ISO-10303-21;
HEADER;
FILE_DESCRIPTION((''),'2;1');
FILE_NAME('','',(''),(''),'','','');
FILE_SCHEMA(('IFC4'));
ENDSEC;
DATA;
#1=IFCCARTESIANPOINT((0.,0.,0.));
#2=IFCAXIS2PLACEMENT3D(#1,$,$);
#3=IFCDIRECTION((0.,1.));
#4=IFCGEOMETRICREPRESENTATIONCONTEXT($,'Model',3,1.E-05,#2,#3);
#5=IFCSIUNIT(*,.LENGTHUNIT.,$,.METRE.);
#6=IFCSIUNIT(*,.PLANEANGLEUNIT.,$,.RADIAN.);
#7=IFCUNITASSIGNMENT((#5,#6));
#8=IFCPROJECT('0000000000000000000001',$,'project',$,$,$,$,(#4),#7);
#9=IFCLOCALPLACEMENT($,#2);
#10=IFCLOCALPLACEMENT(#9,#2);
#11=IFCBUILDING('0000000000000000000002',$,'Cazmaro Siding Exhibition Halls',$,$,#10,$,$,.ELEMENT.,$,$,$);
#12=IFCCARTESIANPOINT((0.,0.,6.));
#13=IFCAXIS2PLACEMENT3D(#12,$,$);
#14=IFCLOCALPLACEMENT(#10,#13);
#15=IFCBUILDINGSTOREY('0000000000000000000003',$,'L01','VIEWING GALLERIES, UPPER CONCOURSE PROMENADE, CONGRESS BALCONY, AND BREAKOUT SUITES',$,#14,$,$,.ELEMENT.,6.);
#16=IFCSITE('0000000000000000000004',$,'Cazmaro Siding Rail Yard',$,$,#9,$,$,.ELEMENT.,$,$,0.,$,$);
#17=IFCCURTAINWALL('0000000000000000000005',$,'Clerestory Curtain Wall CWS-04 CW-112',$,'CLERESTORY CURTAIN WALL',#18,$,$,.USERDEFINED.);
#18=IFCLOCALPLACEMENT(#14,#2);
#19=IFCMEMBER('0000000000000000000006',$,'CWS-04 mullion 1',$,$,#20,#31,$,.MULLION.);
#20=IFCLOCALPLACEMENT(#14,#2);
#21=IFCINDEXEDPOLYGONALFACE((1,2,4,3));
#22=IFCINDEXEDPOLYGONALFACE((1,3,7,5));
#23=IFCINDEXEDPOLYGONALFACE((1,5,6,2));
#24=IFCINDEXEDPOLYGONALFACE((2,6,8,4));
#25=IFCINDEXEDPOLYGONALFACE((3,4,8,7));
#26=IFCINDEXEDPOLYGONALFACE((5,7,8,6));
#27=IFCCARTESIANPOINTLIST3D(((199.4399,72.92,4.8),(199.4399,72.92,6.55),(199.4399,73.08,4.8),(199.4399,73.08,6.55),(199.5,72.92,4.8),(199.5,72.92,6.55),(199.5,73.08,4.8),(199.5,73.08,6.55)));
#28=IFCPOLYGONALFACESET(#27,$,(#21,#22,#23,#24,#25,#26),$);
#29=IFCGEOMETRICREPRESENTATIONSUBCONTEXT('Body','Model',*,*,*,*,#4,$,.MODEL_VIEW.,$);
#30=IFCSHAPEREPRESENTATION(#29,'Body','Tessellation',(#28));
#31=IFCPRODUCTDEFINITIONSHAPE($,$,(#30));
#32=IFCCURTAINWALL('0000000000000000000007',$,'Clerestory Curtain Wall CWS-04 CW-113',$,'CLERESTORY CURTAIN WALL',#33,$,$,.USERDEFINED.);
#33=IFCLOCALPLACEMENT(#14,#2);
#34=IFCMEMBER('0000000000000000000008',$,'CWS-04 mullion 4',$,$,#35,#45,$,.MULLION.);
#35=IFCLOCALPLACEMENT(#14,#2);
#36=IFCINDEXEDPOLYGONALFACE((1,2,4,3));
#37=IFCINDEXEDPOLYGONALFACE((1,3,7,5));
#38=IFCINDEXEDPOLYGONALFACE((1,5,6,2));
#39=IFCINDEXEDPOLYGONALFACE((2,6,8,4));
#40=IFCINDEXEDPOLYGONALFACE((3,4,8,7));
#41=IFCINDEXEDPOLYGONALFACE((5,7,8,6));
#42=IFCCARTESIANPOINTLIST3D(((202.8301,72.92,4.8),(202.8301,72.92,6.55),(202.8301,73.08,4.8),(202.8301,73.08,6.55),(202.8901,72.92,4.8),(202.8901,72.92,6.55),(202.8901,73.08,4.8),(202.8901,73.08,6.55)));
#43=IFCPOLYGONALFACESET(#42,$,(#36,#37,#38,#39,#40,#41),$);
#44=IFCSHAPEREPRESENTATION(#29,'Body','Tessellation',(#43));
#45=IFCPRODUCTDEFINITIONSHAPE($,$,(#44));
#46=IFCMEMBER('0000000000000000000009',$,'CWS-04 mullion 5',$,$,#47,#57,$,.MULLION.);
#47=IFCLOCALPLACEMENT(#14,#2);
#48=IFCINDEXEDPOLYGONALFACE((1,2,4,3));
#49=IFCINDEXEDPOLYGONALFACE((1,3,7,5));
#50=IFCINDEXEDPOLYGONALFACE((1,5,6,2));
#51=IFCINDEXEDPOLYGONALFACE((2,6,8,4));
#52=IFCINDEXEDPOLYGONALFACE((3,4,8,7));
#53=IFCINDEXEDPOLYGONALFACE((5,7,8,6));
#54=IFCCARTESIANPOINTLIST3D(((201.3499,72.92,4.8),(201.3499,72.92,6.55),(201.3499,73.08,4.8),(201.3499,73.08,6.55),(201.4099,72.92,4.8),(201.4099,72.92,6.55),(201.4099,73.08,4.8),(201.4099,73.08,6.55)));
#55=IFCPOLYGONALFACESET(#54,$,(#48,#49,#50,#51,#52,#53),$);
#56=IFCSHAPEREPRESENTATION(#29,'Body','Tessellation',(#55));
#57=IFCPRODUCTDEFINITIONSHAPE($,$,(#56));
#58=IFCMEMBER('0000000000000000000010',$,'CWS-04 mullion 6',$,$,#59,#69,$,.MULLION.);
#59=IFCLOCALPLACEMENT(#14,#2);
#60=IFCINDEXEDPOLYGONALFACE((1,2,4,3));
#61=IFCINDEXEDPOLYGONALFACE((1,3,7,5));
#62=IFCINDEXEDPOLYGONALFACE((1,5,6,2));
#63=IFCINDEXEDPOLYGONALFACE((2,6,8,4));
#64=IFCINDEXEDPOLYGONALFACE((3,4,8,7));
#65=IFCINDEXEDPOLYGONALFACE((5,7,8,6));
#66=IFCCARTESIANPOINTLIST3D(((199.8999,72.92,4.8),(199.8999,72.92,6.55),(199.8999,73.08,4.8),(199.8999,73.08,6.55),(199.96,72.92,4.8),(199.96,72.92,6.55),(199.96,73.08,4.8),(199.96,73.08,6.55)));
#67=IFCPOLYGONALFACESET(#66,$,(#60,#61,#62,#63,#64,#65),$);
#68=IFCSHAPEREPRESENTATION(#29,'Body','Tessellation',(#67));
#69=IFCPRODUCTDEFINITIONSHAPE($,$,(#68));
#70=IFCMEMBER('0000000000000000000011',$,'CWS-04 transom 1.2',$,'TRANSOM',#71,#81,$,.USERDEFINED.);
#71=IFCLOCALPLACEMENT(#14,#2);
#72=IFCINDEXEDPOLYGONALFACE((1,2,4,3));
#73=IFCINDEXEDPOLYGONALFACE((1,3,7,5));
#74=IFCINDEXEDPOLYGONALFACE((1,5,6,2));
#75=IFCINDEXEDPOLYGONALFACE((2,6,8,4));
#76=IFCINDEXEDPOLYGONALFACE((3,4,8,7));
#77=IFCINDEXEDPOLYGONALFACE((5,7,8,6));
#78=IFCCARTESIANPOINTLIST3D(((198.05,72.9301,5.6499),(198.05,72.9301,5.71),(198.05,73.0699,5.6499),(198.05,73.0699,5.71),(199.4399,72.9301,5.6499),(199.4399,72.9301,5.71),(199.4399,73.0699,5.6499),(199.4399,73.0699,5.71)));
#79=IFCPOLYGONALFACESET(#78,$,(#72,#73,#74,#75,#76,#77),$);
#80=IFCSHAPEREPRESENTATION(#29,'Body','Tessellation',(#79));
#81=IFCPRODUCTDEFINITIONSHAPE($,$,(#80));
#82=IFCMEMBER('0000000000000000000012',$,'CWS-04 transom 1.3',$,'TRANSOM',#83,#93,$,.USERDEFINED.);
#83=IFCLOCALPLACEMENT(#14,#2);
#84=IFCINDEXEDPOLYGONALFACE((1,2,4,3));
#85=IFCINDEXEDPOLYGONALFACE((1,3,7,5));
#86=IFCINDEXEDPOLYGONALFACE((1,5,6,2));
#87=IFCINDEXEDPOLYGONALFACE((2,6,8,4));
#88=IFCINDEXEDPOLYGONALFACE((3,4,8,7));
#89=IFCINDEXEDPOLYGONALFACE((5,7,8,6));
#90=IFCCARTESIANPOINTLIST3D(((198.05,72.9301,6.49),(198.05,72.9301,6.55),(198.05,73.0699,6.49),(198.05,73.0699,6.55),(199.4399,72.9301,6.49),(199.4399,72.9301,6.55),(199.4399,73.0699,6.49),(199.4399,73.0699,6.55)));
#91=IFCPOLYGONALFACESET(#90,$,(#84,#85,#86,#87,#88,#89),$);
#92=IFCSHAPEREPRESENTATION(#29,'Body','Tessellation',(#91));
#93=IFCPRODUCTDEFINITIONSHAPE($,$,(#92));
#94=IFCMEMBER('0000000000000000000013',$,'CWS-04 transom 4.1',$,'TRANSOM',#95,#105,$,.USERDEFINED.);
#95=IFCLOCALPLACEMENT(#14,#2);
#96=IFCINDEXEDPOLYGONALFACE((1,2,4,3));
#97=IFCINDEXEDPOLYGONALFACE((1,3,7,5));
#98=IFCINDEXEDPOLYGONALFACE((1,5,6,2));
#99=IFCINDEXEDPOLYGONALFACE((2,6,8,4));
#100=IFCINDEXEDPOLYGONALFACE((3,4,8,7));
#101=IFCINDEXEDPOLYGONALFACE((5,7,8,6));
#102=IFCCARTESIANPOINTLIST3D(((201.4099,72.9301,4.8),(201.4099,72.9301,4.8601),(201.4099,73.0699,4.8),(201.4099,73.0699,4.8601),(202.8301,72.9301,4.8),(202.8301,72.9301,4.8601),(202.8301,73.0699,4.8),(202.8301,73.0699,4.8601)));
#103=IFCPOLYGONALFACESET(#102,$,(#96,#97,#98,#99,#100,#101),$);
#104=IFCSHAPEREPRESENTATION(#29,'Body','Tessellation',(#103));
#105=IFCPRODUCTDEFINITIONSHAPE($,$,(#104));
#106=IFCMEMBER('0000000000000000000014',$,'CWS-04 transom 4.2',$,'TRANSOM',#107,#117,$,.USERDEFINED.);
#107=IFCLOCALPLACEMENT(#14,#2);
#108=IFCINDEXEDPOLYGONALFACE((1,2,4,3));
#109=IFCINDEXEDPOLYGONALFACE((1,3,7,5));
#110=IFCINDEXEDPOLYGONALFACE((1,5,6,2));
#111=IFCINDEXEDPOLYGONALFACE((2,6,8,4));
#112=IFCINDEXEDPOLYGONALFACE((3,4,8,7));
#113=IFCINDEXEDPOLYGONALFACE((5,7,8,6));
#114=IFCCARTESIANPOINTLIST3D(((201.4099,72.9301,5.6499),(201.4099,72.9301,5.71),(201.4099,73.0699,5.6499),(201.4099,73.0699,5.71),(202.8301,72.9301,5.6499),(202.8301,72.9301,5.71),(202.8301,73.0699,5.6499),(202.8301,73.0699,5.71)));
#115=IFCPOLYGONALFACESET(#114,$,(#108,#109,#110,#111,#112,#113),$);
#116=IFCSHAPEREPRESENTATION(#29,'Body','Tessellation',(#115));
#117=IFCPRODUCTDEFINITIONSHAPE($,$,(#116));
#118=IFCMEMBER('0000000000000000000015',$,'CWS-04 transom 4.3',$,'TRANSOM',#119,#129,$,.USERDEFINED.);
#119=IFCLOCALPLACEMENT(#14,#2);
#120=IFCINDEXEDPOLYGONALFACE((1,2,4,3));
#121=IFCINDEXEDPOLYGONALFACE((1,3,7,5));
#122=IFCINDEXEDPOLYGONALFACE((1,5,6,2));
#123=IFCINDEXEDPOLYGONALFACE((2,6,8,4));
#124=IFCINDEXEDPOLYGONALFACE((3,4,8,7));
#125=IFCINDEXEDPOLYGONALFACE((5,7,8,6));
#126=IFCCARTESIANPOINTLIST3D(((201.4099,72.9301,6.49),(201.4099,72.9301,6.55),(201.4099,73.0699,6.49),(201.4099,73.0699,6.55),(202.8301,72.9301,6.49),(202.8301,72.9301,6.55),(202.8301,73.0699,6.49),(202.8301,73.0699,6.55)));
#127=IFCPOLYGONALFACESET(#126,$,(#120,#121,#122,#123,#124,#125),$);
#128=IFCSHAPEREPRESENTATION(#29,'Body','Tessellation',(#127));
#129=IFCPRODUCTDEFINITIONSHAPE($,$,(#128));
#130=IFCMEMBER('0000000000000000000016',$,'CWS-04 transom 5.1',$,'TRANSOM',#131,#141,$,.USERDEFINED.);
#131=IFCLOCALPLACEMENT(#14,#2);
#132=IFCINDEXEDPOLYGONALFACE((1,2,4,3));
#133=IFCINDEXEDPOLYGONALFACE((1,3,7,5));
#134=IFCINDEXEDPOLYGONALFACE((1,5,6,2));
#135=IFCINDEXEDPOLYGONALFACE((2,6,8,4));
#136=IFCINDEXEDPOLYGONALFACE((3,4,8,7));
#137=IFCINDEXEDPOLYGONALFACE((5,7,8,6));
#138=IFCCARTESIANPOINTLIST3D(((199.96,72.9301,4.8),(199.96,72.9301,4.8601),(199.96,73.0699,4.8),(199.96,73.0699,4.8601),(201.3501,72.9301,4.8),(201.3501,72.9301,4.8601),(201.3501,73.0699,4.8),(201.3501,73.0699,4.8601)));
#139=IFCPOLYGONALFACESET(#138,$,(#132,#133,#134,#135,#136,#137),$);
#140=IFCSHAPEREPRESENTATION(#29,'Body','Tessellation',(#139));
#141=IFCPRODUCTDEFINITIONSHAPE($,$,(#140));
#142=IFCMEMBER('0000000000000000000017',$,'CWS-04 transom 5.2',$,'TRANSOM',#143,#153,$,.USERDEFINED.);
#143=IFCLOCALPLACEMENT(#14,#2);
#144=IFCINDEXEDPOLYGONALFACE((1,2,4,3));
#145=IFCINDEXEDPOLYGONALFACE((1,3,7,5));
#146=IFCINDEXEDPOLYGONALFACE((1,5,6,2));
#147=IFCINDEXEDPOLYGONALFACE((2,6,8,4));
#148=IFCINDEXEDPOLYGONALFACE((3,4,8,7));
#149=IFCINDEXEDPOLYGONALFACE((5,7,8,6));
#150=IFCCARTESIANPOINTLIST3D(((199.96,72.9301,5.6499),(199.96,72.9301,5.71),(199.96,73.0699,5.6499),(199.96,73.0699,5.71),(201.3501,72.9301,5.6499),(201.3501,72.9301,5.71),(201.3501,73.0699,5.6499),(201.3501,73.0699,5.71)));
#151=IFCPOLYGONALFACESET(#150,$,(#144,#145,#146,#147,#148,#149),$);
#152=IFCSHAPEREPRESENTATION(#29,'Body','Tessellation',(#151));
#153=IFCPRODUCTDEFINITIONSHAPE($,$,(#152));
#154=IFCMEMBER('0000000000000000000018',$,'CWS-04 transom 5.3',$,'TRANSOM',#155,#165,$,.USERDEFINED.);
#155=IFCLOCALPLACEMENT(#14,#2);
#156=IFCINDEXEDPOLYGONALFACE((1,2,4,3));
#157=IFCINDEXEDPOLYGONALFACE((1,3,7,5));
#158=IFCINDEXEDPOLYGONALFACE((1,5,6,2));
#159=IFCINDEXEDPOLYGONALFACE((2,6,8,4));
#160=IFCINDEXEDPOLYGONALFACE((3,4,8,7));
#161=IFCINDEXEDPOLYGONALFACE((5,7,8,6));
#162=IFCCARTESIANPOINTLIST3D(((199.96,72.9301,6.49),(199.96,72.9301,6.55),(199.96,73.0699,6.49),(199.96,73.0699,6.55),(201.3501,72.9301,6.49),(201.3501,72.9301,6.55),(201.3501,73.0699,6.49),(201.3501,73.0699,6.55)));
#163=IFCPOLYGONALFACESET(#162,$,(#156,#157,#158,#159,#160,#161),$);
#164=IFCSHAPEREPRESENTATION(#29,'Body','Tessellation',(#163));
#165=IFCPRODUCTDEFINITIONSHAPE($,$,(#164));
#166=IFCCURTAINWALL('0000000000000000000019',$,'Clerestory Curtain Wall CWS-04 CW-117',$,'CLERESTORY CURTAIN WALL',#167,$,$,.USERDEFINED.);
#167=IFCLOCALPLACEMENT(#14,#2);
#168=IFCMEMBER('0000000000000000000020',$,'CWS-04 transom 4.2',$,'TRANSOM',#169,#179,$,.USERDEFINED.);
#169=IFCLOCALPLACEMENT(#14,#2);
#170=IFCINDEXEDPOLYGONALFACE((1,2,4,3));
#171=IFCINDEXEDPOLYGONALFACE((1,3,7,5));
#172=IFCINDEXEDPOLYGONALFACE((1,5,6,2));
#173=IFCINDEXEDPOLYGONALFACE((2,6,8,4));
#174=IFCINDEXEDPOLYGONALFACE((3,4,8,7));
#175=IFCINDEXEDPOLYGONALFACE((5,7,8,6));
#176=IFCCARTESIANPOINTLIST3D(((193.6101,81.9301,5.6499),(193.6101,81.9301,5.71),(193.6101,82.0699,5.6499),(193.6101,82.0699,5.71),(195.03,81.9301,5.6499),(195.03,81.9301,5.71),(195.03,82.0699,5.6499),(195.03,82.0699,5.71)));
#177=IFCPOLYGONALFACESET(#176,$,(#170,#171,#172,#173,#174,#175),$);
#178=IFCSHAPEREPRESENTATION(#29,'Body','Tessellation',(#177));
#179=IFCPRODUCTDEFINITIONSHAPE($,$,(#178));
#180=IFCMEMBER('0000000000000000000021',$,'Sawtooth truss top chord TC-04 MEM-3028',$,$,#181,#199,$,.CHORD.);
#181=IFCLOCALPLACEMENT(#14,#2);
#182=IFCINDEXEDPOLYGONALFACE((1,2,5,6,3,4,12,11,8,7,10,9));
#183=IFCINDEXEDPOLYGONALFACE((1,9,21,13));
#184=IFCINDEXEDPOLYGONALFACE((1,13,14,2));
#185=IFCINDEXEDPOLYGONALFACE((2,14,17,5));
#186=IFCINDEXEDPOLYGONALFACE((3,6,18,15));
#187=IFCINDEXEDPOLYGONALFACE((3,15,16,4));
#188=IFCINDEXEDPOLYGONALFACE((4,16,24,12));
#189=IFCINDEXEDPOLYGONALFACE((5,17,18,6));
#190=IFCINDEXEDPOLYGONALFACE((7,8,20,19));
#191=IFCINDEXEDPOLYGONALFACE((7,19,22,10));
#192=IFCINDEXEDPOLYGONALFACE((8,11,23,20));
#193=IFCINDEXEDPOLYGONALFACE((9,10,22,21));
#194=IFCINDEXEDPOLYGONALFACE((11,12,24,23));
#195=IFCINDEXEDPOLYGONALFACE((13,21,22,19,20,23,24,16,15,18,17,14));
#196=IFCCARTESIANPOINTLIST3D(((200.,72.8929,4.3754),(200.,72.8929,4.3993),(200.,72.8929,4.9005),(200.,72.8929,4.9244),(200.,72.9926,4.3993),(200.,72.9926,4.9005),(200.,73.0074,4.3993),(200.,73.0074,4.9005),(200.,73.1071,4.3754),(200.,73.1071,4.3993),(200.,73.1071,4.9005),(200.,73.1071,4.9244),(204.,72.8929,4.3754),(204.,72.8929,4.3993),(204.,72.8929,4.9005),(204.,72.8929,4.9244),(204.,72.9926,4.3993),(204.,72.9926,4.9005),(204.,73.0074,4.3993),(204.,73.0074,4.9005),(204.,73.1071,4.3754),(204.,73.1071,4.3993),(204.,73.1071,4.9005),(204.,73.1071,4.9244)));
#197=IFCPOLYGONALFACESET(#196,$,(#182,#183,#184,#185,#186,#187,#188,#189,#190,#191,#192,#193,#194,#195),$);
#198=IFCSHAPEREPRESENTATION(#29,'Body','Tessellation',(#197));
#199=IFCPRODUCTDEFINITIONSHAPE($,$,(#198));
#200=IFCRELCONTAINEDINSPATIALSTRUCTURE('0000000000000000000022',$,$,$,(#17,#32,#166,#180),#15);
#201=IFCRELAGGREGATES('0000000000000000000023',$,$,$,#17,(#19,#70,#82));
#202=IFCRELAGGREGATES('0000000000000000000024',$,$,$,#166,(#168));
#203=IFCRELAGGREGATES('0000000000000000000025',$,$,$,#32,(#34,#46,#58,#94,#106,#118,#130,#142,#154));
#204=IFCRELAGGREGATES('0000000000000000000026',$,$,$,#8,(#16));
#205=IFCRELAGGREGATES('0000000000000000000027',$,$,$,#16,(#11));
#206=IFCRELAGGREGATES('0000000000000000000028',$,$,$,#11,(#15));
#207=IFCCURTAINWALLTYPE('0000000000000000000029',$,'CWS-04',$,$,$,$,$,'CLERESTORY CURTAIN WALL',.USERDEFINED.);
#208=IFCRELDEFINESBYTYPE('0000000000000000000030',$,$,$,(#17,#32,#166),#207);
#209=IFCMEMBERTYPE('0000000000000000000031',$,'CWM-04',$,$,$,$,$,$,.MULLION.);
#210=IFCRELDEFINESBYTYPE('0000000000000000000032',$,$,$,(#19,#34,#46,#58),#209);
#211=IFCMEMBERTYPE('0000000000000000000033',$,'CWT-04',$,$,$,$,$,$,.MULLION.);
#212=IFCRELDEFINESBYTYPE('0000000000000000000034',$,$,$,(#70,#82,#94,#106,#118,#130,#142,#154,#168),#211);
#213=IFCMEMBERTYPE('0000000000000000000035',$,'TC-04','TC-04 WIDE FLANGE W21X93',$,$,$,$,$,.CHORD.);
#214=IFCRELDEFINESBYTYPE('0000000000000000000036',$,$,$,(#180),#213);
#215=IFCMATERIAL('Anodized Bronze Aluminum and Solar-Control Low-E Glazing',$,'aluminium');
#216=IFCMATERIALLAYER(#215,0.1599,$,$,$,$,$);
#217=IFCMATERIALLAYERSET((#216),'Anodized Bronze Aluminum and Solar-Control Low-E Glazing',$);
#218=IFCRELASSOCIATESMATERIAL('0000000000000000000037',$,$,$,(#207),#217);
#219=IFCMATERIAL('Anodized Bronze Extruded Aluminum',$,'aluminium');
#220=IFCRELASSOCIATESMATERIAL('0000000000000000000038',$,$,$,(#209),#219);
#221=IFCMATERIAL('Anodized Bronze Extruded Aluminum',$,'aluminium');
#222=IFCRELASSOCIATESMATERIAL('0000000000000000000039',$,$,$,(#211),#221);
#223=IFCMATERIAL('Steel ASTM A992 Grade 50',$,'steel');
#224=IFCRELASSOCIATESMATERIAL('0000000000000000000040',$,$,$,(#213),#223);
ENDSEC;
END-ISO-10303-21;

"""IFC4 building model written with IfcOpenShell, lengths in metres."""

from ifc_helpers import new_model, si_unit, direction, frame, origin, origin_2d, place, context, subcontext, project, spatial, rectangle, i_section, extrude, material, layer, layer_set, material_profile, profile_set, type_object, element, aggregate, save


model = new_model("IFC4")

# Units and contexts
model_context = context("Model", 3, precision=1e-05, world=origin(), true_north=direction((0.0, 1.0)))
body_context = subcontext(model_context, "Body", "Model", "MODEL_VIEW")
ifc_project = project(units=[si_unit("LENGTHUNIT", "METRE"), si_unit("PLANEANGLEUNIT", "RADIAN")], contexts=[model_context])

# Site, building, storey
site_placement = place(None, origin())
site = spatial("IfcSite", under=ifc_project, at=site_placement, Name="Cazmaro Siding Rail Yard", CompositionType="ELEMENT", RefElevation=0.0)
building_placement = place(site_placement, origin())
building = spatial("IfcBuilding", under=site, at=building_placement, Name="Cazmaro Siding Exhibition Halls", CompositionType="ELEMENT")
storey_placement = place(building_placement, frame((0.0, 0.0, 6.0)))
storey = spatial("IfcBuildingStorey", under=building, at=storey_placement, Name="L01", Description="VIEWING GALLERIES, UPPER CONCOURSE PROMENADE, CONGRESS BALCONY, AND BREAKOUT SUITES", CompositionType="ELEMENT", Elevation=6.0)

# Curtain wall, member
ifc_material_1 = material(Name="Anodized Bronze Aluminum and Solar-Control Low-E Glazing", Category="aluminium")
ifc_layer_1 = layer(ifc_material_1, 0.1599)
ifc_layer_set_1 = layer_set([ifc_layer_1], Name="Anodized Bronze Aluminum and Solar-Control Low-E Glazing")
curtain_wall_type = type_object("IfcCurtainWallType", Name="CWS-04", ElementType="CLERESTORY CURTAIN WALL", PredefinedType="USERDEFINED", material=ifc_layer_set_1)
curtain_wall_1_placement = place(storey_placement, origin())
curtain_wall_1 = element("IfcCurtainWall", 1, at=curtain_wall_1_placement, inside=storey, type_object=curtain_wall_type, Name="Clerestory Curtain Wall CWS-04 CW-112", ObjectType="CLERESTORY CURTAIN WALL", PredefinedType="USERDEFINED")
ifc_material_2 = material(Name="Anodized Bronze Extruded Aluminum", Category="aluminium")
ifc_material_profile_1 = material_profile(ifc_material_2, rectangle(XDim=0.1599, YDim=0.0601, at=origin_2d()), Name="CWM-04")
ifc_profile_set_1 = profile_set([ifc_material_profile_1], Name="Anodized Bronze Extruded Aluminum")
member_type_1 = type_object("IfcMemberType", Name="CWM-04", PredefinedType="MULLION", material=ifc_profile_set_1)
member_1_placement = place(storey_placement, frame((199.47, 73.0, 4.8), z_axis=(0.0, 0.0, 1.0), x_axis=(0.0, -1.0, 0.0)))
member_1 = element("IfcMember", 2, at=member_1_placement, type_object=member_type_1, Name="CWS-04 mullion 1", PredefinedType="MULLION", context=body_context, shape_type="SweptSolid", body=[
    extrude(rectangle(XDim=0.1599, YDim=0.0601, at=origin_2d()), origin(), (0.0, 0.0, 1.0), 1.75),
])

# Curtain wall, members
curtain_wall_2_placement = place(storey_placement, origin())
curtain_wall_2 = element("IfcCurtainWall", 3, at=curtain_wall_2_placement, inside=storey, type_object=curtain_wall_type, Name="Clerestory Curtain Wall CWS-04 CW-113", ObjectType="CLERESTORY CURTAIN WALL", PredefinedType="USERDEFINED")
member_2_placement = place(storey_placement, frame((202.8601, 73.0, 4.8), z_axis=(0.0, 0.0, 1.0), x_axis=(0.0, -1.0, 0.0)))
member_2 = element("IfcMember", 4, at=member_2_placement, type_object=member_type_1, Name="CWS-04 mullion 4", PredefinedType="MULLION", context=body_context, shape_type="SweptSolid", body=[
    extrude(rectangle(XDim=0.1599, YDim=0.0601, at=origin_2d()), origin(), (0.0, 0.0, 1.0), 1.75),
])
member_3_placement = place(storey_placement, frame((201.3799, 73.0, 4.8), z_axis=(0.0, 0.0, 1.0), x_axis=(0.0, -1.0, 0.0)))
member_3 = element("IfcMember", 5, at=member_3_placement, type_object=member_type_1, Name="CWS-04 mullion 5", PredefinedType="MULLION", context=body_context, shape_type="SweptSolid", body=[
    extrude(rectangle(XDim=0.1599, YDim=0.0601, at=origin_2d()), origin(), (0.0, 0.0, 1.0), 1.75),
])
member_4_placement = place(storey_placement, frame((199.9299, 73.0, 4.8), z_axis=(0.0, 0.0, 1.0), x_axis=(0.0, -1.0, 0.0)))
member_4 = element("IfcMember", 6, at=member_4_placement, type_object=member_type_1, Name="CWS-04 mullion 6", PredefinedType="MULLION", context=body_context, shape_type="SweptSolid", body=[
    extrude(rectangle(XDim=0.1599, YDim=0.0601, at=origin_2d()), origin(), (0.0, 0.0, 1.0), 1.75),
])

# Members
ifc_material_3 = material(Name="Anodized Bronze Extruded Aluminum", Category="aluminium")
ifc_material_profile_2 = material_profile(ifc_material_3, rectangle(XDim=0.1399, YDim=0.0601, at=origin_2d()), Name="CWT-04")
ifc_profile_set_2 = profile_set([ifc_material_profile_2], Name="Anodized Bronze Extruded Aluminum")
member_type_2 = type_object("IfcMemberType", Name="CWT-04", PredefinedType="MULLION", material=ifc_profile_set_2)
member_5_placement = place(storey_placement, frame((199.4399, 73.0, 5.6799), z_axis=(-1.0, 0.0, 0.0), x_axis=(0.0, -1.0, 0.0)))
member_5 = element("IfcMember", 7, at=member_5_placement, type_object=member_type_2, Name="CWS-04 transom 1.2", ObjectType="TRANSOM", PredefinedType="USERDEFINED", context=body_context, shape_type="SweptSolid", body=[
    extrude(rectangle(XDim=0.1399, YDim=0.0601, at=origin_2d()), origin(), (0.0, 0.0, 1.0), 1.3899),
])
member_6_placement = place(storey_placement, frame((199.4399, 73.0, 6.52), z_axis=(-1.0, 0.0, 0.0), x_axis=(0.0, -1.0, 0.0)))
member_6 = element("IfcMember", 8, at=member_6_placement, type_object=member_type_2, Name="CWS-04 transom 1.3", ObjectType="TRANSOM", PredefinedType="USERDEFINED", context=body_context, shape_type="SweptSolid", body=[
    extrude(rectangle(XDim=0.1399, YDim=0.0601, at=origin_2d()), origin(), (0.0, 0.0, 1.0), 1.3899),
])
aggregate(curtain_wall_1, [member_1, member_5, member_6])
member_7_placement = place(storey_placement, frame((202.8301, 73.0, 4.8301), z_axis=(-1.0, 0.0, 0.0), x_axis=(0.0, -1.0, 0.0)))
member_7 = element("IfcMember", 9, at=member_7_placement, type_object=member_type_2, Name="CWS-04 transom 4.1", ObjectType="TRANSOM", PredefinedType="USERDEFINED", context=body_context, shape_type="SweptSolid", body=[
    extrude(rectangle(XDim=0.1399, YDim=0.0601, at=origin_2d()), origin(), (0.0, 0.0, 1.0), 1.4202),
])
member_8_placement = place(storey_placement, frame((202.8301, 73.0, 5.6799), z_axis=(-1.0, 0.0, 0.0), x_axis=(0.0, -1.0, 0.0)))
member_8 = element("IfcMember", 10, at=member_8_placement, type_object=member_type_2, Name="CWS-04 transom 4.2", ObjectType="TRANSOM", PredefinedType="USERDEFINED", context=body_context, shape_type="SweptSolid", body=[
    extrude(rectangle(XDim=0.1399, YDim=0.0601, at=origin_2d()), origin(), (0.0, 0.0, 1.0), 1.4202),
])
member_9_placement = place(storey_placement, frame((202.8301, 73.0, 6.52), z_axis=(-1.0, 0.0, 0.0), x_axis=(0.0, -1.0, 0.0)))
member_9 = element("IfcMember", 11, at=member_9_placement, type_object=member_type_2, Name="CWS-04 transom 4.3", ObjectType="TRANSOM", PredefinedType="USERDEFINED", context=body_context, shape_type="SweptSolid", body=[
    extrude(rectangle(XDim=0.1399, YDim=0.0601, at=origin_2d()), origin(), (0.0, 0.0, 1.0), 1.4202),
])
member_10_placement = place(storey_placement, frame((201.3501, 73.0, 4.8301), z_axis=(-1.0, 0.0, 0.0), x_axis=(0.0, -1.0, 0.0)))
member_10 = element("IfcMember", 12, at=member_10_placement, type_object=member_type_2, Name="CWS-04 transom 5.1", ObjectType="TRANSOM", PredefinedType="USERDEFINED", context=body_context, shape_type="SweptSolid", body=[
    extrude(rectangle(XDim=0.1399, YDim=0.0601, at=origin_2d()), origin(), (0.0, 0.0, 1.0), 1.3901),
])
member_11_placement = place(storey_placement, frame((201.3501, 73.0, 5.6799), z_axis=(-1.0, 0.0, 0.0), x_axis=(0.0, -1.0, 0.0)))
member_11 = element("IfcMember", 13, at=member_11_placement, type_object=member_type_2, Name="CWS-04 transom 5.2", ObjectType="TRANSOM", PredefinedType="USERDEFINED", context=body_context, shape_type="SweptSolid", body=[
    extrude(rectangle(XDim=0.1399, YDim=0.0601, at=origin_2d()), origin(), (0.0, 0.0, 1.0), 1.3901),
])
member_12_placement = place(storey_placement, frame((201.3501, 73.0, 6.52), z_axis=(-1.0, 0.0, 0.0), x_axis=(0.0, -1.0, 0.0)))
member_12 = element("IfcMember", 14, at=member_12_placement, type_object=member_type_2, Name="CWS-04 transom 5.3", ObjectType="TRANSOM", PredefinedType="USERDEFINED", context=body_context, shape_type="SweptSolid", body=[
    extrude(rectangle(XDim=0.1399, YDim=0.0601, at=origin_2d()), origin(), (0.0, 0.0, 1.0), 1.3901),
])

# Curtain wall, member
curtain_wall_3_placement = place(storey_placement, origin())
curtain_wall_3 = element("IfcCurtainWall", 15, at=curtain_wall_3_placement, inside=storey, type_object=curtain_wall_type, Name="Clerestory Curtain Wall CWS-04 CW-117", ObjectType="CLERESTORY CURTAIN WALL", PredefinedType="USERDEFINED")
member_13_placement = place(storey_placement, frame((195.03, 82.0, 5.6799), z_axis=(-1.0, 0.0, 0.0), x_axis=(0.0, -1.0, 0.0)))
member_13 = element("IfcMember", 16, at=member_13_placement, type_object=member_type_2, Name="CWS-04 transom 4.2", ObjectType="TRANSOM", PredefinedType="USERDEFINED", context=body_context, shape_type="SweptSolid", body=[
    extrude(rectangle(XDim=0.1399, YDim=0.0601, at=origin_2d()), origin(), (0.0, 0.0, 1.0), 1.4199),
])
aggregate(curtain_wall_3, [member_13])

# Member
ifc_material_4 = material(Name="Steel ASTM A992 Grade 50", Category="steel")
ifc_material_profile_3 = material_profile(ifc_material_4, i_section(OverallWidth=0.2141, OverallDepth=0.5491, WebThickness=0.0149, FlangeThickness=0.0239, at=origin_2d()), Name="W21X93")
ifc_profile_set_3 = profile_set([ifc_material_profile_3], Name="Steel ASTM A992 Grade 50")
member_type_3 = type_object("IfcMemberType", Name="TC-04", Description="TC-04 WIDE FLANGE W21X93", PredefinedType="CHORD", material=ifc_profile_set_3)
member_14_placement = place(storey_placement, frame((200.0, 73.0, 4.6499), z_axis=(1.0, 0.0, 0.0), x_axis=(0.0, 1.0, 0.0)))
element("IfcMember", 17, at=member_14_placement, inside=storey, type_object=member_type_3, Name="Sawtooth truss top chord TC-04 MEM-3028", PredefinedType="CHORD", context=body_context, shape_type="SweptSolid", body=[
    extrude(i_section(OverallWidth=0.2141, OverallDepth=0.5491, WebThickness=0.0149, FlangeThickness=0.0239, at=origin_2d()), origin(), (0.0, 0.0, 1.0), 4.0),
])

aggregate(curtain_wall_2, [member_2, member_3, member_4, member_7, member_8, member_9, member_10, member_11, member_12])

save(model, "model.ifc")
